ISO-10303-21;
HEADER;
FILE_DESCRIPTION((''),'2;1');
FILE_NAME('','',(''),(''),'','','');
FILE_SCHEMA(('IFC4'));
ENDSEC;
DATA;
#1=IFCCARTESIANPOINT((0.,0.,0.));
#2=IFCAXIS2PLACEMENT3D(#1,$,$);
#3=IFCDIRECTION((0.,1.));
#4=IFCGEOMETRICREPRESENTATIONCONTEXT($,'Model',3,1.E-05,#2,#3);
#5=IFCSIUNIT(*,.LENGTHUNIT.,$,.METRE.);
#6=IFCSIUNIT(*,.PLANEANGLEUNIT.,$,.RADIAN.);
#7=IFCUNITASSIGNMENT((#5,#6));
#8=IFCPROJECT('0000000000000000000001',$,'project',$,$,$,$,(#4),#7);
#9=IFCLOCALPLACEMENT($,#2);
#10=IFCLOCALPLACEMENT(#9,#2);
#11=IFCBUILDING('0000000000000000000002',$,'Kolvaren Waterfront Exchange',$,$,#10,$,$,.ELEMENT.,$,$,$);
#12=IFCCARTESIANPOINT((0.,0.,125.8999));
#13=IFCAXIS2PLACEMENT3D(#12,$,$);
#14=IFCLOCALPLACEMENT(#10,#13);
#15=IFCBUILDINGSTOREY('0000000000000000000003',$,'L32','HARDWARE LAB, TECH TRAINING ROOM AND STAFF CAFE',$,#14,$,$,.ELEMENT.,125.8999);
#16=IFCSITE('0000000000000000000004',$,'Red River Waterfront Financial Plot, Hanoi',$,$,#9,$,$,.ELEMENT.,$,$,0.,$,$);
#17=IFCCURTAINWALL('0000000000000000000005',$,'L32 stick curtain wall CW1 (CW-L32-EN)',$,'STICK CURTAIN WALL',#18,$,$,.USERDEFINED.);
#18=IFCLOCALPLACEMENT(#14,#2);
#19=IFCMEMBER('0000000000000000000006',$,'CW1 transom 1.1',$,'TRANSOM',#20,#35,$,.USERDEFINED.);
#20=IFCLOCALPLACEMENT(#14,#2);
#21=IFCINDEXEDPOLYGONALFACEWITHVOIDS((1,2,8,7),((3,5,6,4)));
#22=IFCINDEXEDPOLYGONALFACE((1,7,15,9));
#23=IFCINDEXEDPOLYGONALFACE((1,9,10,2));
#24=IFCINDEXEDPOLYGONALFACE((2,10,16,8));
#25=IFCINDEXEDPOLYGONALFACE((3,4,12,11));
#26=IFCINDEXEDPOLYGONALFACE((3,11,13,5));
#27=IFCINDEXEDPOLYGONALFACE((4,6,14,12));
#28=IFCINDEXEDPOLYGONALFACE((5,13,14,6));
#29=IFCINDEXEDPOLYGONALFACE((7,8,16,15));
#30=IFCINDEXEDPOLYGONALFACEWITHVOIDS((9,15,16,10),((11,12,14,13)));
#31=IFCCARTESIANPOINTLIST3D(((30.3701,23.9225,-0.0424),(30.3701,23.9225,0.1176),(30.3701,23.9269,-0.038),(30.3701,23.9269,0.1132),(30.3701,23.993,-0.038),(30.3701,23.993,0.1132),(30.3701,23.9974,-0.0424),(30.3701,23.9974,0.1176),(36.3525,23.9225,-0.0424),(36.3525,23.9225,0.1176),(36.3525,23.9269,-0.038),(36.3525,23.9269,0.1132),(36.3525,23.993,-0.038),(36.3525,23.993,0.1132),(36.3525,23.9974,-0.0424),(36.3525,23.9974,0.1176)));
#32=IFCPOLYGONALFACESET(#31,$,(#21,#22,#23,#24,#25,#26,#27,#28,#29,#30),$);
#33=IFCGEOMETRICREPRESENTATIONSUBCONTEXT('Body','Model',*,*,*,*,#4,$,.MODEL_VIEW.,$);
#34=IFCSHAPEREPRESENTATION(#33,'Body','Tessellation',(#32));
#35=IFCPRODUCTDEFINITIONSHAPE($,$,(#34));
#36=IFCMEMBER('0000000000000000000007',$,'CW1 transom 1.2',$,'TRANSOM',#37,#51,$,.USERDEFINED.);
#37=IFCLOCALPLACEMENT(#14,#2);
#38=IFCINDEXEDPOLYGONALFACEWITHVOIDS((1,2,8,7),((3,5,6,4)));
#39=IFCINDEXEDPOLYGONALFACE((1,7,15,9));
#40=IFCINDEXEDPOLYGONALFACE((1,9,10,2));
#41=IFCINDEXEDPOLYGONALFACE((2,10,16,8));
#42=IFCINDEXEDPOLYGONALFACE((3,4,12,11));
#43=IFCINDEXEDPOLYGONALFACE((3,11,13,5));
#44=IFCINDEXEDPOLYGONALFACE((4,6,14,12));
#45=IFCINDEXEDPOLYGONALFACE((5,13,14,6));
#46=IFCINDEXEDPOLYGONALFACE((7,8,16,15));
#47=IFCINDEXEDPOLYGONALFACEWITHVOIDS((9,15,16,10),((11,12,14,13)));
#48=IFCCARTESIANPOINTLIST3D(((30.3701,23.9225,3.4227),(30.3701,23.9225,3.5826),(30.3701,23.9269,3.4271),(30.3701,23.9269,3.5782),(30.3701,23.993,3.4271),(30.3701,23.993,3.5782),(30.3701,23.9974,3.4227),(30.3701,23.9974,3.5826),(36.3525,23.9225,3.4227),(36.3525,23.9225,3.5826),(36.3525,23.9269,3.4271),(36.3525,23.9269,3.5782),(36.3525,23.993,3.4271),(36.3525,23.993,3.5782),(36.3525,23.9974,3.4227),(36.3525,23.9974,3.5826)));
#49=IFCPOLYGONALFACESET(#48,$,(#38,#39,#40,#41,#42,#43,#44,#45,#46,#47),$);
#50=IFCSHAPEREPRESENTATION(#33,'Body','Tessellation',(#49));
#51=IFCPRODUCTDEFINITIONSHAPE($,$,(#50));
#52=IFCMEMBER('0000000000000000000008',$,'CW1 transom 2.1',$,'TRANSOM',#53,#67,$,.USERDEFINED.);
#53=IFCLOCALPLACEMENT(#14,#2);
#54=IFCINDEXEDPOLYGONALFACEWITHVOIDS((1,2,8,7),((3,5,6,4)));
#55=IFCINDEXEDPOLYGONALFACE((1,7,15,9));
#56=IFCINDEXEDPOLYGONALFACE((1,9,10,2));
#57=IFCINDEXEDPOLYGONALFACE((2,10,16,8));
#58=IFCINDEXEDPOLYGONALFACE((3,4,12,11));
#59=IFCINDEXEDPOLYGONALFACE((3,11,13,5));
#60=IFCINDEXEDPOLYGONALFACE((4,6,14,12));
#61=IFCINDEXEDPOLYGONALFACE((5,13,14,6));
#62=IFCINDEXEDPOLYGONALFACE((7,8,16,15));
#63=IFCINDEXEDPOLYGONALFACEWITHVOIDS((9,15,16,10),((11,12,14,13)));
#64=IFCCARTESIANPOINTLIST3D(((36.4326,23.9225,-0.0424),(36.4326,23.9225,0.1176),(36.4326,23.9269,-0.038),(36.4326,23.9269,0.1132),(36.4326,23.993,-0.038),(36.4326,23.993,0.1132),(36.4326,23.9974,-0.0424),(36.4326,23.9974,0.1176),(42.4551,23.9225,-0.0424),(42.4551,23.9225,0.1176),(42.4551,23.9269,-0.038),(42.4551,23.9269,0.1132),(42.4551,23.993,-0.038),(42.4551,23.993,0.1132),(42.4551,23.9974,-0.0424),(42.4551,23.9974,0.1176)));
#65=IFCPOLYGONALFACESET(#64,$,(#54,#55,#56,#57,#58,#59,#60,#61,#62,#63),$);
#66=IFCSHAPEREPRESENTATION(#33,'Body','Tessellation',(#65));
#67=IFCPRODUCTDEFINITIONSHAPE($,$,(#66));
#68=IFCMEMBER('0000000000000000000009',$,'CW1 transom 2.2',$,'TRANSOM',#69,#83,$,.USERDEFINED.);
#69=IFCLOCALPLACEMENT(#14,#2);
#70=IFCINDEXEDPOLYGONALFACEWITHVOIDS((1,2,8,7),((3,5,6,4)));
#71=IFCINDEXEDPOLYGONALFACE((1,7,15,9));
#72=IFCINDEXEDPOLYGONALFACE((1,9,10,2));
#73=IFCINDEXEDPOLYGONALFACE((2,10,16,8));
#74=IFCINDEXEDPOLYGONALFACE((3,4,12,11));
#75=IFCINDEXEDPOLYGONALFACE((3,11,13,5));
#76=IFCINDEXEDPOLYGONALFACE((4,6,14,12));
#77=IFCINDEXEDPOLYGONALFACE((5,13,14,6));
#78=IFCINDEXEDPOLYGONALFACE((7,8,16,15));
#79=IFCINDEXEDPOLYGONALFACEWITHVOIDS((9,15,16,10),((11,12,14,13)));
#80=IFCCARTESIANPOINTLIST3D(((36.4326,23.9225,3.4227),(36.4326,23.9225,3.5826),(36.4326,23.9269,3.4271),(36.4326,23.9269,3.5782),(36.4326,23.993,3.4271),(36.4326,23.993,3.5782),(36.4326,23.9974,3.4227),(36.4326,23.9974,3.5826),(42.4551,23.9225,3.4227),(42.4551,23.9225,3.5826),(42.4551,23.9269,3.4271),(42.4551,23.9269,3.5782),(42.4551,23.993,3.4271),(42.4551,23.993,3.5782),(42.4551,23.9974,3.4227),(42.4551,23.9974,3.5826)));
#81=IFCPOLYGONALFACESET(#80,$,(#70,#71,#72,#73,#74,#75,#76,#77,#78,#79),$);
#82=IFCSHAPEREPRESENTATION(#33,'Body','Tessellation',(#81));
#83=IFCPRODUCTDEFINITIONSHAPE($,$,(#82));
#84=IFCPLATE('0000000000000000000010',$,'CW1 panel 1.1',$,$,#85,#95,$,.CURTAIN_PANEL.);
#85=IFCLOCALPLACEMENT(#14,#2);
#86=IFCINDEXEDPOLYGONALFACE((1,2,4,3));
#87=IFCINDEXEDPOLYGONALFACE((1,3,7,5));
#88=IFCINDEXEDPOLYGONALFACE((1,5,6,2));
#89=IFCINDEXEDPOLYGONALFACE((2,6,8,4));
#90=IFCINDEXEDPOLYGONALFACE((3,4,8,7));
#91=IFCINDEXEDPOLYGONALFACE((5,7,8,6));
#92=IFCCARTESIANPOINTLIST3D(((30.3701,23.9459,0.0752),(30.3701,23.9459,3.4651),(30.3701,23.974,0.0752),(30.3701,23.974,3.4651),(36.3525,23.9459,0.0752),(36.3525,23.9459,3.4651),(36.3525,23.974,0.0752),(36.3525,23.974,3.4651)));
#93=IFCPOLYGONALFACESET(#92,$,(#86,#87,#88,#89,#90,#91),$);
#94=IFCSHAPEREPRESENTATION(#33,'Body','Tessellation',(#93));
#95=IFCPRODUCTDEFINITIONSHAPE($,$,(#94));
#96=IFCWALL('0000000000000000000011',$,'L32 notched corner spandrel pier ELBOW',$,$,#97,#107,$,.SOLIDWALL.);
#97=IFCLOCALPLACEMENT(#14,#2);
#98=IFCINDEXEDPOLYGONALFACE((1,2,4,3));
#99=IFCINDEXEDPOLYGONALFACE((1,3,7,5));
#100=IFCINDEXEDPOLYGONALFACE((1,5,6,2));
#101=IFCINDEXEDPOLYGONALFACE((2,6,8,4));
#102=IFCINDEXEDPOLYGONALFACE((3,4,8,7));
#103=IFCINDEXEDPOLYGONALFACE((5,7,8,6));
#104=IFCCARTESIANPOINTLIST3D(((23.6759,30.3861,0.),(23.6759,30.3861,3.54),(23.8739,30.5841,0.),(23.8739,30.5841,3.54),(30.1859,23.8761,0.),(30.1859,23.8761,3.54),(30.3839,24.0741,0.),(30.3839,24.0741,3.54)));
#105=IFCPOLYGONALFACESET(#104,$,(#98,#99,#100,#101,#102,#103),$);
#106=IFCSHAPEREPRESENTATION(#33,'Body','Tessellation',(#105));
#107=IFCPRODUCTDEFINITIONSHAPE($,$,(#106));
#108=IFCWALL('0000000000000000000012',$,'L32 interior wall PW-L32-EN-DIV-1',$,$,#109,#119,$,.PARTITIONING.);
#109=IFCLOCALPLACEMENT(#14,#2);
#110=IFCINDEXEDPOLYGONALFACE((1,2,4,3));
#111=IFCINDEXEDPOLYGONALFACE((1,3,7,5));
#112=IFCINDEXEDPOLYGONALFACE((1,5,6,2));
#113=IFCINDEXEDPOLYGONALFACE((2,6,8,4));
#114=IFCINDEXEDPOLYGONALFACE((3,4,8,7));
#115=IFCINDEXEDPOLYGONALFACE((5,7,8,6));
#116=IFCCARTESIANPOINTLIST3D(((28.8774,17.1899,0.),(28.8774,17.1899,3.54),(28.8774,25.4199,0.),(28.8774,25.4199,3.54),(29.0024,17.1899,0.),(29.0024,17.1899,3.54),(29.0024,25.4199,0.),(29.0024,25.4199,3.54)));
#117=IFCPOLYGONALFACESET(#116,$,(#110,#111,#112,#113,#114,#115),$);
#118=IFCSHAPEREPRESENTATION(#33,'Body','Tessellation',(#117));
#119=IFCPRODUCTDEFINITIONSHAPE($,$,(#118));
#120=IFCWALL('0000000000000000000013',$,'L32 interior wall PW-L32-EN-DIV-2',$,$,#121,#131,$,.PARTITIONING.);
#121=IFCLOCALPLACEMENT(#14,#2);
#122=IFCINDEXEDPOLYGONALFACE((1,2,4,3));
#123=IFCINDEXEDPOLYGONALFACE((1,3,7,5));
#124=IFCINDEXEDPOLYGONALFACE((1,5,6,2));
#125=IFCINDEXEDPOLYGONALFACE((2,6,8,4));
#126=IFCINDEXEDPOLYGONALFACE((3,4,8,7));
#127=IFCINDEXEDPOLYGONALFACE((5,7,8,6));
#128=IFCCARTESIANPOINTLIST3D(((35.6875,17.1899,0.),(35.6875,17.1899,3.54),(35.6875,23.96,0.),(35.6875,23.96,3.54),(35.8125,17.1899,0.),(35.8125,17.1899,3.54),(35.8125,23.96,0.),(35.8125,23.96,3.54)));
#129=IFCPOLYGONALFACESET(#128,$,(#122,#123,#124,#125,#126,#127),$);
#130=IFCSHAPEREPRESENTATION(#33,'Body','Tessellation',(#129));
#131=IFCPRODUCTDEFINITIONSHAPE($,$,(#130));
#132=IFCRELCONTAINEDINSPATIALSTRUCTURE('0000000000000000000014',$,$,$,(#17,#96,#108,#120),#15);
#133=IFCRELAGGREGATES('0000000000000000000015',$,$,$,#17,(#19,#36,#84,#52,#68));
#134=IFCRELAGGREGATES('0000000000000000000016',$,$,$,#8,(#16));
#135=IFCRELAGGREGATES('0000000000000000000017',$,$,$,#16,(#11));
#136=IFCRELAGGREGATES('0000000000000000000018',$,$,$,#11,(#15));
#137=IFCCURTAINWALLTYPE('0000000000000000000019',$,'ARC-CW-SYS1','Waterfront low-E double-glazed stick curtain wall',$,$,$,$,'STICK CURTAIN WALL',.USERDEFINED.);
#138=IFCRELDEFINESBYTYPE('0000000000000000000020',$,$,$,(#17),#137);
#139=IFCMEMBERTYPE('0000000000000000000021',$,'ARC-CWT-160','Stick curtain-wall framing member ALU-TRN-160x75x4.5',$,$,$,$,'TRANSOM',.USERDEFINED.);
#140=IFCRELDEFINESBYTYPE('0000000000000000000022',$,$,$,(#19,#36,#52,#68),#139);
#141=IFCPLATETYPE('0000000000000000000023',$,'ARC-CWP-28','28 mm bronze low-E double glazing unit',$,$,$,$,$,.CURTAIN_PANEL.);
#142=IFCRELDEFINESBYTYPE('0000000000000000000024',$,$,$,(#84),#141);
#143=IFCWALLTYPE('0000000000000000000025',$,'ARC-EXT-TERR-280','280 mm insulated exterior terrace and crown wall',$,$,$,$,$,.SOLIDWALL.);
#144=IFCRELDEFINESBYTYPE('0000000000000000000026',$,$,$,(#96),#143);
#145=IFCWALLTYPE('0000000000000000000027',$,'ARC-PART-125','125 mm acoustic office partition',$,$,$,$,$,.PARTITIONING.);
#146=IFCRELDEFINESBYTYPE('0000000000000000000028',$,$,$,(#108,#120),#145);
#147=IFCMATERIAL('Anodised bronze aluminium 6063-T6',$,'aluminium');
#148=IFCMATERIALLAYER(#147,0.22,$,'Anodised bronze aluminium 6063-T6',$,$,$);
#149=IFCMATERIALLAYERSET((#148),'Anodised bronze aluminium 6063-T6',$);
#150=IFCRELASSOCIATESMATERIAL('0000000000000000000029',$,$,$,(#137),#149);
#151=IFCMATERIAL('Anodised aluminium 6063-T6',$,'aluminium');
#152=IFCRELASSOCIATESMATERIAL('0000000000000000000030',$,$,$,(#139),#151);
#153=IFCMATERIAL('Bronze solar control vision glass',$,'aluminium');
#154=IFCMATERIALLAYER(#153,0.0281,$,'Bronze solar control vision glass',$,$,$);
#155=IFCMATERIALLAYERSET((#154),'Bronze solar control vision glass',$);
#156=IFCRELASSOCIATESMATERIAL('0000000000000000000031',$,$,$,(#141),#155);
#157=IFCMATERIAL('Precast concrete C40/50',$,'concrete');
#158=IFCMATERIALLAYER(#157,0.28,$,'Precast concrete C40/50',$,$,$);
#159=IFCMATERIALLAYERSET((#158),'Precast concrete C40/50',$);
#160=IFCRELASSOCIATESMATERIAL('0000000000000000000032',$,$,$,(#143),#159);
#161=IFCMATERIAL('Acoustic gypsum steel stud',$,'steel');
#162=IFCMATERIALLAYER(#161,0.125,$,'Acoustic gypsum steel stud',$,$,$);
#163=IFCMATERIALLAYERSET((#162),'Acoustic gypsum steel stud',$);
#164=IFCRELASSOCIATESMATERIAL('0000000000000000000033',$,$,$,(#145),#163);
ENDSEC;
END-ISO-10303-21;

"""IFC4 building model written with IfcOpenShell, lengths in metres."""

from ifc_helpers import new_model, si_unit, direction, frame, frame_2d, origin, origin_with_axes, origin_2d, place, context, subcontext, project, spatial, rectangle, hollow_rectangle, extrude, source, transform, mapped, material, layer, layer_set, material_profile, profile_set, type_object, element, aggregate, save


model = new_model("IFC4")

# Units and contexts
model_context = context("Model", 3, precision=1e-05, world=origin(), true_north=direction((0.0, 1.0)))
body_context = subcontext(model_context, "Body", "Model", "MODEL_VIEW")
ifc_project = project(units=[si_unit("LENGTHUNIT", "METRE"), si_unit("PLANEANGLEUNIT", "RADIAN")], contexts=[model_context])

# Site, building, storey
site_placement = place(None, origin())
site = spatial("IfcSite", under=ifc_project, at=site_placement, Name="Red River Waterfront Financial Plot, Hanoi", CompositionType="ELEMENT", RefElevation=0.0)
building_placement = place(site_placement, origin())
building = spatial("IfcBuilding", under=site, at=building_placement, Name="Kolvaren Waterfront Exchange", CompositionType="ELEMENT")
storey_placement = place(building_placement, frame((0.0, 0.0, 125.8999)))
storey = spatial("IfcBuildingStorey", under=building, at=storey_placement, Name="L32", Description="HARDWARE LAB, TECH TRAINING ROOM AND STAFF CAFE", CompositionType="ELEMENT", Elevation=125.8999)

# Curtain wall, members, plate
ifc_material_1 = material(Name="Anodised bronze aluminium 6063-T6", Category="aluminium")
ifc_layer_1 = layer(ifc_material_1, 0.22, Name="Anodised bronze aluminium 6063-T6")
ifc_layer_set_1 = layer_set([ifc_layer_1], Name="Anodised bronze aluminium 6063-T6")
curtain_wall_type = type_object("IfcCurtainWallType", Name="ARC-CW-SYS1", Description="Waterfront low-E double-glazed stick curtain wall", ElementType="STICK CURTAIN WALL", PredefinedType="USERDEFINED", material=ifc_layer_set_1)
curtain_wall_placement = place(storey_placement, origin())
curtain_wall = element("IfcCurtainWall", 1, at=curtain_wall_placement, inside=storey, type_object=curtain_wall_type, Name="L32 stick curtain wall CW1 (CW-L32-EN)", ObjectType="STICK CURTAIN WALL", PredefinedType="USERDEFINED")
ifc_material_2 = material(Name="Anodised aluminium 6063-T6", Category="aluminium")
ifc_material_profile_1 = material_profile(ifc_material_2, hollow_rectangle(XDim=0.075, YDim=0.1599, WallThickness=0.0044, at=origin_2d()), Name="ALU-TRN-160x75x4.5")
ifc_profile_set_1 = profile_set([ifc_material_profile_1], Name="Anodised aluminium 6063-T6")
member_type_1 = type_object("IfcMemberType", Name="ARC-CWT-160", Description="Stick curtain-wall framing member ALU-TRN-160x75x4.5", ElementType="TRANSOM", PredefinedType="USERDEFINED", material=ifc_profile_set_1)
shared_shape_1 = source(origin_with_axes(), body_context, "Body", "SweptSolid", [
    extrude(hollow_rectangle(XDim=0.075, YDim=0.1599, WallThickness=0.0044, at=origin_2d()), origin(), (0.0, 0.0, 1.0), 5.9824),
])
member_1_placement = place(storey_placement, frame((30.3701, 23.96, 0.0376), z_axis=(1.0, 0.0, 0.0), x_axis=(0.0, 1.0, 0.0)))
member_1 = element("IfcMember", 2, at=member_1_placement, type_object=member_type_1, Name="CW1 transom 1.1", ObjectType="TRANSOM", PredefinedType="USERDEFINED", context=body_context, shape_type="MappedRepresentation", body=[
    mapped(shared_shape_1, transform((0.0, 0.0, 0.0), x_axis=(1.0, 0.0, 0.0), y_axis=(0.0, 1.0, 0.0), z_axis=(0.0, 0.0, 1.0), scale=1.0)),
])
member_2_placement = place(storey_placement, frame((30.3701, 23.96, 3.5027), z_axis=(1.0, 0.0, 0.0), x_axis=(0.0, 1.0, 0.0)))
member_2 = element("IfcMember", 3, at=member_2_placement, type_object=member_type_1, Name="CW1 transom 1.2", ObjectType="TRANSOM", PredefinedType="USERDEFINED", context=body_context, shape_type="MappedRepresentation", body=[
    mapped(shared_shape_1, transform((0.0, 0.0, 0.0), x_axis=(1.0, 0.0, 0.0), y_axis=(0.0, 1.0, 0.0), z_axis=(0.0, 0.0, 1.0), scale=1.0)),
])
shared_shape_2 = source(origin_with_axes(), body_context, "Body", "SweptSolid", [
    extrude(hollow_rectangle(XDim=0.075, YDim=0.1599, WallThickness=0.0044, at=origin_2d()), origin(), (0.0, 0.0, 1.0), 6.0225),
])
member_3_placement = place(storey_placement, frame((36.4326, 23.96, 0.0376), z_axis=(1.0, 0.0, 0.0), x_axis=(0.0, 1.0, 0.0)))
member_3 = element("IfcMember", 4, at=member_3_placement, type_object=member_type_1, Name="CW1 transom 2.1", ObjectType="TRANSOM", PredefinedType="USERDEFINED", context=body_context, shape_type="MappedRepresentation", body=[
    mapped(shared_shape_2, transform((0.0, 0.0, 0.0), x_axis=(1.0, 0.0, 0.0), y_axis=(0.0, 1.0, 0.0), z_axis=(0.0, 0.0, 1.0), scale=1.0)),
])
member_4_placement = place(storey_placement, frame((36.4326, 23.96, 3.5027), z_axis=(1.0, 0.0, 0.0), x_axis=(0.0, 1.0, 0.0)))
member_4 = element("IfcMember", 5, at=member_4_placement, type_object=member_type_1, Name="CW1 transom 2.2", ObjectType="TRANSOM", PredefinedType="USERDEFINED", context=body_context, shape_type="MappedRepresentation", body=[
    mapped(shared_shape_2, transform((0.0, 0.0, 0.0), x_axis=(1.0, 0.0, 0.0), y_axis=(0.0, 1.0, 0.0), z_axis=(0.0, 0.0, 1.0), scale=1.0)),
])
ifc_material_3 = material(Name="Bronze solar control vision glass", Category="aluminium")
ifc_layer_2 = layer(ifc_material_3, 0.0281, Name="Bronze solar control vision glass")
ifc_layer_set_2 = layer_set([ifc_layer_2], Name="Bronze solar control vision glass")
plate_type = type_object("IfcPlateType", Name="ARC-CWP-28", Description="28 mm bronze low-E double glazing unit", PredefinedType="CURTAIN_PANEL", material=ifc_layer_set_2)
shared_shape_3 = source(origin_with_axes(), body_context, "Body", "SweptSolid", [
    extrude(rectangle(XDim=5.9824, YDim=0.0281, at=origin_2d()), origin(), (0.0, 0.0, 1.0), 3.3899),
])
plate_placement = place(storey_placement, frame((33.3613, 23.96, 0.0752), z_axis=(0.0, 0.0, 1.0), x_axis=(1.0, 0.0, 0.0)))
plate = element("IfcPlate", 6, at=plate_placement, type_object=plate_type, Name="CW1 panel 1.1", PredefinedType="CURTAIN_PANEL", context=body_context, shape_type="MappedRepresentation", body=[
    mapped(shared_shape_3, transform((0.0, 0.0, 0.0), x_axis=(1.0, 0.0, 0.0), y_axis=(0.0, 1.0, 0.0), z_axis=(0.0, 0.0, 1.0), scale=1.0)),
])
aggregate(curtain_wall, [member_1, member_2, plate, member_3, member_4])

# Walls
ifc_material_4 = material(Name="Precast concrete C40/50", Category="concrete")
ifc_layer_3 = layer(ifc_material_4, 0.28, Name="Precast concrete C40/50")
ifc_layer_set_3 = layer_set([ifc_layer_3], Name="Precast concrete C40/50")
wall_type_1 = type_object("IfcWallType", Name="ARC-EXT-TERR-280", Description="280 mm insulated exterior terrace and crown wall", PredefinedType="SOLIDWALL", material=ifc_layer_set_3)
wall_1_placement = place(storey_placement, frame((30.2849, 23.9751, 0.0), z_axis=(0.0, 0.0, 1.0), x_axis=(-0.707107, 0.707107, 0.0)))
element("IfcWall", 7, at=wall_1_placement, inside=storey, type_object=wall_type_1, Name="L32 notched corner spandrel pier ELBOW", PredefinedType="SOLIDWALL", context=body_context, shape_type="SweptSolid", body=[
    extrude(rectangle(XDim=9.2065, YDim=0.28, at=frame_2d((4.6033, 0.0))), origin(), (0.0, 0.0, 1.0), 3.54),
])
ifc_material_5 = material(Name="Acoustic gypsum steel stud", Category="steel")
ifc_layer_4 = layer(ifc_material_5, 0.125, Name="Acoustic gypsum steel stud")
ifc_layer_set_4 = layer_set([ifc_layer_4], Name="Acoustic gypsum steel stud")
wall_type_2 = type_object("IfcWallType", Name="ARC-PART-125", Description="125 mm acoustic office partition", PredefinedType="PARTITIONING", material=ifc_layer_set_4)
wall_2_placement = place(storey_placement, frame((28.9399, 17.1899, 0.0), z_axis=(0.0, 0.0, 1.0), x_axis=(0.0, 1.0, 0.0)))
element("IfcWall", 8, at=wall_2_placement, inside=storey, type_object=wall_type_2, Name="L32 interior wall PW-L32-EN-DIV-1", PredefinedType="PARTITIONING", context=body_context, shape_type="SweptSolid", body=[
    extrude(rectangle(XDim=8.23, YDim=0.125, at=frame_2d((4.115, 0.0))), origin(), (0.0, 0.0, 1.0), 3.54),
])
wall_3_placement = place(storey_placement, frame((35.75, 17.1899, 0.0), z_axis=(0.0, 0.0, 1.0), x_axis=(0.0, 1.0, 0.0)))
element("IfcWall", 9, at=wall_3_placement, inside=storey, type_object=wall_type_2, Name="L32 interior wall PW-L32-EN-DIV-2", PredefinedType="PARTITIONING", context=body_context, shape_type="SweptSolid", body=[
    extrude(rectangle(XDim=6.77, YDim=0.125, at=frame_2d((3.385, 0.0))), origin(), (0.0, 0.0, 1.0), 3.54),
])

save(model, "model.ifc")
